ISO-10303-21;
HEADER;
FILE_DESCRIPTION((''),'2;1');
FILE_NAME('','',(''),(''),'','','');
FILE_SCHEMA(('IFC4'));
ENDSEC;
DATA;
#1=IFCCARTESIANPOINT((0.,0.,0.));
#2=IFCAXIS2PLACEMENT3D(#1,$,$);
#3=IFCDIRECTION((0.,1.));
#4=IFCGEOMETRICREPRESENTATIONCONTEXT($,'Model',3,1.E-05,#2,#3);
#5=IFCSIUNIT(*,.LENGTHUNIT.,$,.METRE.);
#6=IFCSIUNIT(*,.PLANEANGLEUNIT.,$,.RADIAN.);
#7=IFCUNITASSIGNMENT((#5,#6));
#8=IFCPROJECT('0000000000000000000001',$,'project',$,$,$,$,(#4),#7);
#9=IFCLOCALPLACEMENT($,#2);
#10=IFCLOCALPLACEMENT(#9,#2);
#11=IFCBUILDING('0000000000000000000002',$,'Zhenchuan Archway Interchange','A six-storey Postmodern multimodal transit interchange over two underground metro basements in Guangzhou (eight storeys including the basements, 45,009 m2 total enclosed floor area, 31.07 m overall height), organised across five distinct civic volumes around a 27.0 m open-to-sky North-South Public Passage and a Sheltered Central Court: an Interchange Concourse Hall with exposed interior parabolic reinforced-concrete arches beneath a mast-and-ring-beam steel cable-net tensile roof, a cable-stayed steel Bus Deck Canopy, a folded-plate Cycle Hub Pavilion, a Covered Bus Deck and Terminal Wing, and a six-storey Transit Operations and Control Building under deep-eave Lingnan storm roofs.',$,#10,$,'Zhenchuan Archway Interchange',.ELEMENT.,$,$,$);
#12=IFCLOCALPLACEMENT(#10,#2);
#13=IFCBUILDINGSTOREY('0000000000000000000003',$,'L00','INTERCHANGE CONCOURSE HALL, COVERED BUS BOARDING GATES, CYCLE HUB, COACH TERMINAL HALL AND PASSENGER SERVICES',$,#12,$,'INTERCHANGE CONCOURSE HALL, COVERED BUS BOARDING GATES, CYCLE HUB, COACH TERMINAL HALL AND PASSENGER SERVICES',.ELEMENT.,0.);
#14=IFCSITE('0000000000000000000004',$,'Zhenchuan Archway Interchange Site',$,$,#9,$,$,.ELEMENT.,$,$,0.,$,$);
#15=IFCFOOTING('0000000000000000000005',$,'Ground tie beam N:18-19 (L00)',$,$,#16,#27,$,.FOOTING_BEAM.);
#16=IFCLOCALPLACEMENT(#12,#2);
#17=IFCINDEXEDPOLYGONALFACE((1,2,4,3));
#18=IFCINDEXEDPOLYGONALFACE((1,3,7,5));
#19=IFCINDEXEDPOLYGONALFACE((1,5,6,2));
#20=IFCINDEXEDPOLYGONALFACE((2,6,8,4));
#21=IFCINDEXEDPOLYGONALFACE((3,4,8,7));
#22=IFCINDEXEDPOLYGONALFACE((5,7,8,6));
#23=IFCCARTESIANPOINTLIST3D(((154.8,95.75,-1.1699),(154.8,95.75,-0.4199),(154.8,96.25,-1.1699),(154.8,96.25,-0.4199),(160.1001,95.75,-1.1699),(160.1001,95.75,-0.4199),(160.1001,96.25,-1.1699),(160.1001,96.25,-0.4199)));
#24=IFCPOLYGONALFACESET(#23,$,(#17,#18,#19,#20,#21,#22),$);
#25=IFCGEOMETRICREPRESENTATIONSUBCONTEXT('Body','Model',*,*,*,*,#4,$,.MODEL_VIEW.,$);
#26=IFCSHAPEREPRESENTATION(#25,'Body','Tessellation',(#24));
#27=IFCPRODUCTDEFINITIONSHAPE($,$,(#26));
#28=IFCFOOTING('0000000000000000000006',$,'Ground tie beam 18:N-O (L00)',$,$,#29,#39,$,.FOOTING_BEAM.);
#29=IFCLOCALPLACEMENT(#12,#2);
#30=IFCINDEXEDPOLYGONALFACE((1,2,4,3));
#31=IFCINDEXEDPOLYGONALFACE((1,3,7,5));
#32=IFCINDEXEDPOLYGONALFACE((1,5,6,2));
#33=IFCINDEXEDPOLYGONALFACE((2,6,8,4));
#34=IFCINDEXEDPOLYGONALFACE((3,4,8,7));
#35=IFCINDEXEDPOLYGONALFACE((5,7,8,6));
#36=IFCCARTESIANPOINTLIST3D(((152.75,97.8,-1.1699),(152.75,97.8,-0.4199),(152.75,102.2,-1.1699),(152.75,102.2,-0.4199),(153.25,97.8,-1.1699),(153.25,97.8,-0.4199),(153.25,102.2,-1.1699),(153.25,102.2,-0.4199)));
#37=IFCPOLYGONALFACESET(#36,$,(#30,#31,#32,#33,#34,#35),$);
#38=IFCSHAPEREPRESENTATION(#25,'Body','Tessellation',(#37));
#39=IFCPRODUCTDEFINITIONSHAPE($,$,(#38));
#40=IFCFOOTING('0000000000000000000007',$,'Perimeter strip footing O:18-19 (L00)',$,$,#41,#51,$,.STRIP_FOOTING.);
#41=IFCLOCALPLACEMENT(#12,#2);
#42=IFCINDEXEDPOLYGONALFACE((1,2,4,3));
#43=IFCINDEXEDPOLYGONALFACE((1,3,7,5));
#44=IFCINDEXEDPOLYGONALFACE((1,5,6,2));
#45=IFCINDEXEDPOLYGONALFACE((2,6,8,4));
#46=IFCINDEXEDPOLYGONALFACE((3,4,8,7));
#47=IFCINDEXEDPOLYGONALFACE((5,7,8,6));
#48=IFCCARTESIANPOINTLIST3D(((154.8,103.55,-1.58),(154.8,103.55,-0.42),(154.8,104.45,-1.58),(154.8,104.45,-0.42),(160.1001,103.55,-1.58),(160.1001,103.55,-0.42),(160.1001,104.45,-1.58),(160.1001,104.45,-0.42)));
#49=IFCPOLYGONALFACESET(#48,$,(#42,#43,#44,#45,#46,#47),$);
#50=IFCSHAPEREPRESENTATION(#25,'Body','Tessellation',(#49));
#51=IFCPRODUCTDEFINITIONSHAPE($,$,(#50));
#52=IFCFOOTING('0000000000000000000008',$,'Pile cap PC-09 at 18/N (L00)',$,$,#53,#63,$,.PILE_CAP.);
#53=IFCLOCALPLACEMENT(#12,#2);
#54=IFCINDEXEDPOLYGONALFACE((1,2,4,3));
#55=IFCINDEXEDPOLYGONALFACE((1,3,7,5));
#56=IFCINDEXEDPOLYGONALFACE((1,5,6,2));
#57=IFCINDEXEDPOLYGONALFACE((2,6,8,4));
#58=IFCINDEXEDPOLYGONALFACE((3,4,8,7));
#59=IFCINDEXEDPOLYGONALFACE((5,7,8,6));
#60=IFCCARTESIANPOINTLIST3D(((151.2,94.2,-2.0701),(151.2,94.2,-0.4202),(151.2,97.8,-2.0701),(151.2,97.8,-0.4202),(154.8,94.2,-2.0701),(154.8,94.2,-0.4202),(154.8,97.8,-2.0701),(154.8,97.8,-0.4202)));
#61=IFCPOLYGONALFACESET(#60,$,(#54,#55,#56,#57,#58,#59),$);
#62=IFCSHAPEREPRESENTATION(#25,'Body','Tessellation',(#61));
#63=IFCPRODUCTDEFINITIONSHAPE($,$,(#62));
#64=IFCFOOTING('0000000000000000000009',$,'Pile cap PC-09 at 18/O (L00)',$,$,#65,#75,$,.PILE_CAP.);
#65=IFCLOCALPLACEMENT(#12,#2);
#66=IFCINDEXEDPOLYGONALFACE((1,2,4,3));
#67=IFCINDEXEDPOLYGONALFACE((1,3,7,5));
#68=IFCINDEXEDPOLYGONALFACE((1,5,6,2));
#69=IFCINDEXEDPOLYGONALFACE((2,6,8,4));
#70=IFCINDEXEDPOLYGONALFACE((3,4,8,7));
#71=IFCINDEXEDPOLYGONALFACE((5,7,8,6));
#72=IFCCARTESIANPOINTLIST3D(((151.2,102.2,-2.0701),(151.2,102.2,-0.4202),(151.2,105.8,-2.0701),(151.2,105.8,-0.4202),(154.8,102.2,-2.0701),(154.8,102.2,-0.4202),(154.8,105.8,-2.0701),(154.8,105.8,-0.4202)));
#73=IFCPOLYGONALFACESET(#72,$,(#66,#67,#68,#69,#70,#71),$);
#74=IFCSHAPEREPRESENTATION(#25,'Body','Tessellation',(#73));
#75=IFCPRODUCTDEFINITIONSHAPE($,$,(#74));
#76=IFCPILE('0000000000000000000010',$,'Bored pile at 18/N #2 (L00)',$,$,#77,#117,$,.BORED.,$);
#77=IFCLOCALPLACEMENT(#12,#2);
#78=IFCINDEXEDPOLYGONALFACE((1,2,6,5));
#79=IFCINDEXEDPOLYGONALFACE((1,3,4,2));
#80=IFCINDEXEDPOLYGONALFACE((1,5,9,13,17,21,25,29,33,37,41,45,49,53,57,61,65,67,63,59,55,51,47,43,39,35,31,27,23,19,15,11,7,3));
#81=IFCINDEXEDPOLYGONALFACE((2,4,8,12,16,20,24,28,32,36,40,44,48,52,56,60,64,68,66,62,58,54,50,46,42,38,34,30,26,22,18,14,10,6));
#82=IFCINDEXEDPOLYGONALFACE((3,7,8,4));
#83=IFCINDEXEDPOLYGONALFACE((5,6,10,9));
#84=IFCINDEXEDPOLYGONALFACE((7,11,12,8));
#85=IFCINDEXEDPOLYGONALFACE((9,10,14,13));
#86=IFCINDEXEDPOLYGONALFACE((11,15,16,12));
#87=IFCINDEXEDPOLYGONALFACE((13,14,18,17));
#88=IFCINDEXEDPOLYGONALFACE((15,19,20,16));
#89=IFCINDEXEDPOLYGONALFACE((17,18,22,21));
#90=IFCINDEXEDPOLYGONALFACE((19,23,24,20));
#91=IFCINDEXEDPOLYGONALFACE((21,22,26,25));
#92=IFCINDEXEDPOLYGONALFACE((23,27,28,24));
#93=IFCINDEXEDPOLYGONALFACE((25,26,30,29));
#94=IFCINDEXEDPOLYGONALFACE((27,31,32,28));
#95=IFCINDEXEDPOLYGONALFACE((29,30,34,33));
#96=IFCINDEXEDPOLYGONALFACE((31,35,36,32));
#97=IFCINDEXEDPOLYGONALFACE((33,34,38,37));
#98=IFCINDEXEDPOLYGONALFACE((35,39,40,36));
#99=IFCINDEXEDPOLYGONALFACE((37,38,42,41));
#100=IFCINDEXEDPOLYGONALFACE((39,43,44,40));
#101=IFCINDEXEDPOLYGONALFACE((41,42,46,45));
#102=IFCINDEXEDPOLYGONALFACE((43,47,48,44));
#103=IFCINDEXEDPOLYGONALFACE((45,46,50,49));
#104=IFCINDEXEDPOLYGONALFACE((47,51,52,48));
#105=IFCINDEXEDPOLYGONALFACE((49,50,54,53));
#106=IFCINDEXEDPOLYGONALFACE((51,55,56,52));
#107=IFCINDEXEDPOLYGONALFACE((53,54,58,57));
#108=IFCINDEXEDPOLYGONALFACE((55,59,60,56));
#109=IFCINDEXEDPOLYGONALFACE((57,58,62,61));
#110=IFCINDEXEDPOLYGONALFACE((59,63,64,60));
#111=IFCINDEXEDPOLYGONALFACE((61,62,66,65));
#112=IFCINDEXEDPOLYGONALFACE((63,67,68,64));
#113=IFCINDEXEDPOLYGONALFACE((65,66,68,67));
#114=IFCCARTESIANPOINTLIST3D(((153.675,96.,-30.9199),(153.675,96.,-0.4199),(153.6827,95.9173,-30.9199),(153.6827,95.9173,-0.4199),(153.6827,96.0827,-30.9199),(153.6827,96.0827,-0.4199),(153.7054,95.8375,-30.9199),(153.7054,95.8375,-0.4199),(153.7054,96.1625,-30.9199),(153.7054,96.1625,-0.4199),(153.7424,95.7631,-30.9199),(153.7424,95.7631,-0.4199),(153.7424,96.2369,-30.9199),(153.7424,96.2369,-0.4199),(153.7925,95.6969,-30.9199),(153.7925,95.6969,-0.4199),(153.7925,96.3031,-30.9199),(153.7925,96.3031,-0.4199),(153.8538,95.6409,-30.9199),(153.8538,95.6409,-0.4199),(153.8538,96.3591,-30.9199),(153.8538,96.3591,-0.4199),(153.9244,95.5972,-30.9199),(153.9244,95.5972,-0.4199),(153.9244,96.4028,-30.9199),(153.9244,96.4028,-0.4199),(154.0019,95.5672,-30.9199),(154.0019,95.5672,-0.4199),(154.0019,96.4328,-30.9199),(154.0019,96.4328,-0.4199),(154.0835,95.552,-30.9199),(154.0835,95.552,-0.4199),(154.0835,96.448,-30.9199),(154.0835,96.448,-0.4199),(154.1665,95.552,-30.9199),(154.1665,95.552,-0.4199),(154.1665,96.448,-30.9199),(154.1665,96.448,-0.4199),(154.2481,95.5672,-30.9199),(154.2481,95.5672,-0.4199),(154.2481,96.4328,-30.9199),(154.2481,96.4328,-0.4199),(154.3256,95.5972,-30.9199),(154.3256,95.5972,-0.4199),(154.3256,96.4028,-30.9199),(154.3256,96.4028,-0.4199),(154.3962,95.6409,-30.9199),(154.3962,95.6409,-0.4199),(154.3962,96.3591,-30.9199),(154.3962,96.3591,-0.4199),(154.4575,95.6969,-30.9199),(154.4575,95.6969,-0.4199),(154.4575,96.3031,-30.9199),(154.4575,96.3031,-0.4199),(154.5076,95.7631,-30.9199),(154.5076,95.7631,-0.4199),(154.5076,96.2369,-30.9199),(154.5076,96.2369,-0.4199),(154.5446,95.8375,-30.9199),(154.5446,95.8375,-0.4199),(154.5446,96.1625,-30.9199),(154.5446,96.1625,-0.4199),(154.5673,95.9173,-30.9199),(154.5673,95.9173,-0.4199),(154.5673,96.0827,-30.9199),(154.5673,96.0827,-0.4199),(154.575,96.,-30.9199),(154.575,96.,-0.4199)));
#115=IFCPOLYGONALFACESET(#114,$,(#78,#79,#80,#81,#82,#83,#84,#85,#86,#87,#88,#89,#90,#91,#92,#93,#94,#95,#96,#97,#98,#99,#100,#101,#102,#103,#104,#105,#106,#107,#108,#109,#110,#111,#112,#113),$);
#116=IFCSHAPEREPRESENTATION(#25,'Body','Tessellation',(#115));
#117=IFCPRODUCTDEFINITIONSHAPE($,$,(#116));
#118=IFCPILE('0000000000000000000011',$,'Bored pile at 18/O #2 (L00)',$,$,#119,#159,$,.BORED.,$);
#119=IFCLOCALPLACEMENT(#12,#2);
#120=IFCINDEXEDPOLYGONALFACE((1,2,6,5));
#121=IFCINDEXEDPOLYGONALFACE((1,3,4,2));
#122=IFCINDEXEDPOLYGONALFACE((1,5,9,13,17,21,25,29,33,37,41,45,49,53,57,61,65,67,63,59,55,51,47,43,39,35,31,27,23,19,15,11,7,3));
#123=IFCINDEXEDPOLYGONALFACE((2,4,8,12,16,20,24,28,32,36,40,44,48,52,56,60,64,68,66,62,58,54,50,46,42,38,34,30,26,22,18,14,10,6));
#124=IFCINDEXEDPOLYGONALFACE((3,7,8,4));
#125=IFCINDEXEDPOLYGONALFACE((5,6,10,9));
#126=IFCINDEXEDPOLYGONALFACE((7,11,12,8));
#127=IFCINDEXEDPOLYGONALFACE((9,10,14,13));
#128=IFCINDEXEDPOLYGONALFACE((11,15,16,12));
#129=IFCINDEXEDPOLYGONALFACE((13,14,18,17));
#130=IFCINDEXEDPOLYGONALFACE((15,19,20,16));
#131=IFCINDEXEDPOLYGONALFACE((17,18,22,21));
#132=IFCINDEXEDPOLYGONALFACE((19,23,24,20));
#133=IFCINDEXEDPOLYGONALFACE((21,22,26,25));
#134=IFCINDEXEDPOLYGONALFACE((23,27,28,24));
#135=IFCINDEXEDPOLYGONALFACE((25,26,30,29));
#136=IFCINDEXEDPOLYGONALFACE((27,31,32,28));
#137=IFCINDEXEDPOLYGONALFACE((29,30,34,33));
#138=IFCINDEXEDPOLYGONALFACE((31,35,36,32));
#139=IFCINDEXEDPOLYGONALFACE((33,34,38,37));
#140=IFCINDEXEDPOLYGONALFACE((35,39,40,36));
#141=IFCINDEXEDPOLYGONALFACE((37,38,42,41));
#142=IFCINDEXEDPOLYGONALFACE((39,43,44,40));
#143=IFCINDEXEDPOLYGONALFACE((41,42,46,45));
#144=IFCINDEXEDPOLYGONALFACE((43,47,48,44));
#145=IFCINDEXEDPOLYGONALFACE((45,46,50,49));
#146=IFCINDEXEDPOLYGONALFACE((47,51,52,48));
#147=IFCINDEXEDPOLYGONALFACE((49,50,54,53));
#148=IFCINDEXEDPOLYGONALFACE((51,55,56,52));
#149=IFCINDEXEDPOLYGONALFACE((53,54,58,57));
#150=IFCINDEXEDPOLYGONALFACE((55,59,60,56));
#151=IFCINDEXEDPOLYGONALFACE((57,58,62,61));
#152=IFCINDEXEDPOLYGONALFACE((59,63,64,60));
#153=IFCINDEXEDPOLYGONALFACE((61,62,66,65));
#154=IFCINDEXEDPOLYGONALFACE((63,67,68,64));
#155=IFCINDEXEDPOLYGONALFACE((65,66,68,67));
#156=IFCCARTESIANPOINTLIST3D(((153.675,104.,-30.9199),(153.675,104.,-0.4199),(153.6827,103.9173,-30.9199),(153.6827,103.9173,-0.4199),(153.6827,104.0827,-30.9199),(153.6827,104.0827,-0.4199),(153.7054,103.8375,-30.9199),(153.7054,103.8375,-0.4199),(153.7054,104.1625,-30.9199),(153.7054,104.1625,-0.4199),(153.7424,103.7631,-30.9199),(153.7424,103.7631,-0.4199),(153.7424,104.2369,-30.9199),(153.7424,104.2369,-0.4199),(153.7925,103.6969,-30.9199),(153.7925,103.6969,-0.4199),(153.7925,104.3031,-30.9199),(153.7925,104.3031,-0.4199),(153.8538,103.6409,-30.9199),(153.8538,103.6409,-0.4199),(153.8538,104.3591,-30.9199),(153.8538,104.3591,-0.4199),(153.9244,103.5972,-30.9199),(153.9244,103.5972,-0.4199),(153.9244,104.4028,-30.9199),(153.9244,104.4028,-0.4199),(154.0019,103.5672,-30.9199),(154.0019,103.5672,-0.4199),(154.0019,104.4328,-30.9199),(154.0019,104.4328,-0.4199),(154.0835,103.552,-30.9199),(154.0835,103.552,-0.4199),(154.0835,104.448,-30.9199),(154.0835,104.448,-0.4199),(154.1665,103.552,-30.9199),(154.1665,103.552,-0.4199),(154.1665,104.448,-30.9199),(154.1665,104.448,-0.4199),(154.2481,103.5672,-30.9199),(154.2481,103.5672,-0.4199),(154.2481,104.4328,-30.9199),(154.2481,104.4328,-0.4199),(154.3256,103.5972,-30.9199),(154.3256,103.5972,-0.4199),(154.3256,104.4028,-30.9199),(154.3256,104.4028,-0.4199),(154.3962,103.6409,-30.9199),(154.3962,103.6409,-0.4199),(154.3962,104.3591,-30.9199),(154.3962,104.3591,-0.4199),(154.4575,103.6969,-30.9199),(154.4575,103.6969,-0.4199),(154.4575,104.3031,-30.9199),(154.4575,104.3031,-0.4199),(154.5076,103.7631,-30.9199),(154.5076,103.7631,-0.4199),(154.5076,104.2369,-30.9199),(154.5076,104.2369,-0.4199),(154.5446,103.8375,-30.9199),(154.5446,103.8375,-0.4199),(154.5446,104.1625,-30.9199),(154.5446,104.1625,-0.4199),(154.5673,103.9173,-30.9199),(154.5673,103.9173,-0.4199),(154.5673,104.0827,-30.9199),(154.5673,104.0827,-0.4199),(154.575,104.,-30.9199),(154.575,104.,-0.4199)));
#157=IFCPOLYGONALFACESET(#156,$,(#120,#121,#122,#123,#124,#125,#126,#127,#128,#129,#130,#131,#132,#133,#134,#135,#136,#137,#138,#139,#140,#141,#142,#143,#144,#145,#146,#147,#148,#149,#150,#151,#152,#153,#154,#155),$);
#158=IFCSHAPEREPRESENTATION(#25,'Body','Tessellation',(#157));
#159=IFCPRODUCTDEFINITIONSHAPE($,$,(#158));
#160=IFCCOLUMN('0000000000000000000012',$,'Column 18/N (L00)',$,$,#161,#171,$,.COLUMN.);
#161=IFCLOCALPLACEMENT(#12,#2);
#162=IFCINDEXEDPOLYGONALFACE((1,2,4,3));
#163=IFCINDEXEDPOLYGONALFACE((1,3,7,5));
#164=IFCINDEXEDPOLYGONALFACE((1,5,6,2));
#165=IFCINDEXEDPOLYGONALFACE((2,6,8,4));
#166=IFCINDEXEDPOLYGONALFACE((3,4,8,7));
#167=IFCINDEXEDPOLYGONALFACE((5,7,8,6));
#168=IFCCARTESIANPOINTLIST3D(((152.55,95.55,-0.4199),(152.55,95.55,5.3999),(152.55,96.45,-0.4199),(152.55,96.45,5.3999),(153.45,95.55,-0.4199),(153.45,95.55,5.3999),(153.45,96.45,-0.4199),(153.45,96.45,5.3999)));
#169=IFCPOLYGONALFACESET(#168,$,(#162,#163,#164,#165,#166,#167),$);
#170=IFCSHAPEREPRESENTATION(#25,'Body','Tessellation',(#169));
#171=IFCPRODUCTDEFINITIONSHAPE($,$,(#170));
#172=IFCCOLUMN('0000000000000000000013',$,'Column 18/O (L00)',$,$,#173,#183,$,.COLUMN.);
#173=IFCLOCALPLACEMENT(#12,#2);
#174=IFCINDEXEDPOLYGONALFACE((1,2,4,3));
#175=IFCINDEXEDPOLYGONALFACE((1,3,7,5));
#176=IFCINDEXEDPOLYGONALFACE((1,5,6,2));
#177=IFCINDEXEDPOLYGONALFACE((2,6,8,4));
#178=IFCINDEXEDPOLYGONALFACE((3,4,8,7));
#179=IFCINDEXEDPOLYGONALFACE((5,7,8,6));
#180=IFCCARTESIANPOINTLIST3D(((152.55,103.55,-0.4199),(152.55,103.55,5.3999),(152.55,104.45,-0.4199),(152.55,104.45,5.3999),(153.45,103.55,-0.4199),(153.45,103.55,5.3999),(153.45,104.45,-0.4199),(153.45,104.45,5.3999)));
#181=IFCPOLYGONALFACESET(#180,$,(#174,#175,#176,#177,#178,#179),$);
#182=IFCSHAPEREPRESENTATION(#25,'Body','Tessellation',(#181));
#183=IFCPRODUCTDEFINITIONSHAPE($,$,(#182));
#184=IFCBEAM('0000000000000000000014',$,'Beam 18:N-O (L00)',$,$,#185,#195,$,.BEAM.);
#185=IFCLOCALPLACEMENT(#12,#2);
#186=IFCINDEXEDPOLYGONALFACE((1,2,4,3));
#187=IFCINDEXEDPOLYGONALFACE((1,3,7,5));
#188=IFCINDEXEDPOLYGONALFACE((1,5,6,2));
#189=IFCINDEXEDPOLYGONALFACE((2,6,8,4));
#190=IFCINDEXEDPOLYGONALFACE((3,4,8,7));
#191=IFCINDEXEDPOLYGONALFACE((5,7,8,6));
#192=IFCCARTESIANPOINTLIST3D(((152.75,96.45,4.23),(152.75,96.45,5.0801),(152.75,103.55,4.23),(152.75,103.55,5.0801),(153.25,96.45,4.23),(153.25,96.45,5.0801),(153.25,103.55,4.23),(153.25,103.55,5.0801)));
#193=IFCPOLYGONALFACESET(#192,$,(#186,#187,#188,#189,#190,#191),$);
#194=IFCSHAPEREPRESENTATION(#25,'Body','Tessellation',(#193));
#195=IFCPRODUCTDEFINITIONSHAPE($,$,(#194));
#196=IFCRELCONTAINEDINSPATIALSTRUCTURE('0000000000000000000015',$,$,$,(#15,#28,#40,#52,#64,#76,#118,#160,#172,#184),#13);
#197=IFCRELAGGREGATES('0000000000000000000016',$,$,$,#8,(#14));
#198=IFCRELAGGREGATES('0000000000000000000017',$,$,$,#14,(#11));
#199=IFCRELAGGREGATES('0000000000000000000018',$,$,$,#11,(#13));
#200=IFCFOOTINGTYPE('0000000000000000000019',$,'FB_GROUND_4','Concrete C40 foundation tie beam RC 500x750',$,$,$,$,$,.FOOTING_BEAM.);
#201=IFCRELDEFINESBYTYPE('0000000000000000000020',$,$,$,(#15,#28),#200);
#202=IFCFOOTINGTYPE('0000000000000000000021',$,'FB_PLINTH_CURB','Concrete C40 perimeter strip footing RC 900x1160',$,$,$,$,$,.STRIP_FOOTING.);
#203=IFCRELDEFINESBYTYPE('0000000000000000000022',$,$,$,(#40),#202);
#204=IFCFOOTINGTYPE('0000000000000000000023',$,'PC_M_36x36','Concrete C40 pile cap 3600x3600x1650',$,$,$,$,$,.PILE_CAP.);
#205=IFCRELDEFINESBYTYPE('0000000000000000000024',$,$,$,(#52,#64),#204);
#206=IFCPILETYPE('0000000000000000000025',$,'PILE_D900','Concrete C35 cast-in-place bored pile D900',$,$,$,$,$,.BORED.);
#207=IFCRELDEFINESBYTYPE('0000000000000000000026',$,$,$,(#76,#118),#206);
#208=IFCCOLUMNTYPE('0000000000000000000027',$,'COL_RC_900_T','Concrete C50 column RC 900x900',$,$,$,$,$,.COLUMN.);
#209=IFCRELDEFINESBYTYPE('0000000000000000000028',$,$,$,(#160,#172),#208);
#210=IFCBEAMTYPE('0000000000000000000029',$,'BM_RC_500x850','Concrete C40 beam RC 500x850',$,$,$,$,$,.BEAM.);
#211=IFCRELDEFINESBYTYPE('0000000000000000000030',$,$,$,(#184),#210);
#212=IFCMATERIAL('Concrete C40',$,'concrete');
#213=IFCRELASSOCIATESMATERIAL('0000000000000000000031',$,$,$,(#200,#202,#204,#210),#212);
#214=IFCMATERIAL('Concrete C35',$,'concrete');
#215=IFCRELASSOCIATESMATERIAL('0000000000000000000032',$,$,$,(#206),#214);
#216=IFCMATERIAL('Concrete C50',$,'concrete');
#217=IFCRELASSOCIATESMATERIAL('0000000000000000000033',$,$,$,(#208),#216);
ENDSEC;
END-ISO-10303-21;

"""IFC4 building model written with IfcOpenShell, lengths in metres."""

from ifc_helpers import new_model, si_unit, direction, frame, origin, origin_2d, place, context, subcontext, project, spatial, rectangle, circle, extrude, material, material_profile, profile_set, type_object, element, save


model = new_model("IFC4")

# Units and contexts
model_context = context("Model", 3, precision=1e-05, world=origin(), true_north=direction((0.0, 1.0)))
body_context = subcontext(model_context, "Body", "Model", "MODEL_VIEW")
ifc_project = project(units=[si_unit("LENGTHUNIT", "METRE"), si_unit("PLANEANGLEUNIT", "RADIAN")], contexts=[model_context])

# Site, building, storey
site_placement = place(None, origin())
site = spatial("IfcSite", under=ifc_project, at=site_placement, Name="Zhenchuan Archway Interchange Site", CompositionType="ELEMENT", RefElevation=0.0)
building_placement = place(site_placement, origin())
building = spatial("IfcBuilding", under=site, at=building_placement, Name="Zhenchuan Archway Interchange", Description="A six-storey Postmodern multimodal transit interchange over two underground metro basements in Guangzhou (eight storeys including the basements, 45,009 m2 total enclosed floor area, 31.07 m overall height), organised across five distinct civic volumes around a 27.0 m open-to-sky North-South Public Passage and a Sheltered Central Court: an Interchange Concourse Hall with exposed interior parabolic reinforced-concrete arches beneath a mast-and-ring-beam steel cable-net tensile roof, a cable-stayed steel Bus Deck Canopy, a folded-plate Cycle Hub Pavilion, a Covered Bus Deck and Terminal Wing, and a six-storey Transit Operations and Control Building under deep-eave Lingnan storm roofs.", LongName="Zhenchuan Archway Interchange", CompositionType="ELEMENT")
storey_placement = place(building_placement, origin())
storey = spatial("IfcBuildingStorey", under=building, at=storey_placement, Name="L00", Description="INTERCHANGE CONCOURSE HALL, COVERED BUS BOARDING GATES, CYCLE HUB, COACH TERMINAL HALL AND PASSENGER SERVICES", LongName="INTERCHANGE CONCOURSE HALL, COVERED BUS BOARDING GATES, CYCLE HUB, COACH TERMINAL HALL AND PASSENGER SERVICES", CompositionType="ELEMENT", Elevation=0.0)

# Footings
ifc_material_1 = material(Name="Concrete C40", Category="concrete")
ifc_material_profile_1 = material_profile(ifc_material_1, rectangle(XDim=0.5, YDim=0.75, at=origin_2d()), Name="RC 500x750")
ifc_profile_set_1 = profile_set([ifc_material_profile_1], Name="Concrete C40")
footing_type_1 = type_object("IfcFootingType", Name="FB_GROUND_4", Description="Concrete C40 foundation tie beam RC 500x750", PredefinedType="FOOTING_BEAM", material=ifc_profile_set_1)
footing_1_placement = place(storey_placement, frame((154.8, 96.0, -0.7949), z_axis=(1.0, 0.0, 0.0), x_axis=(0.0, 1.0, 0.0)))
element("IfcFooting", 1, at=footing_1_placement, inside=storey, type_object=footing_type_1, Name="Ground tie beam N:18-19 (L00)", PredefinedType="FOOTING_BEAM", context=body_context, shape_type="SweptSolid", body=[
    extrude(rectangle(XDim=0.5, YDim=0.75, at=origin_2d()), origin(), (0.0, 0.0, 1.0), 5.3),
])
footing_2_placement = place(storey_placement, frame((153.0, 97.8, -0.7949), z_axis=(0.0, 1.0, 0.0), x_axis=(-1.0, 0.0, 0.0)))
element("IfcFooting", 2, at=footing_2_placement, inside=storey, type_object=footing_type_1, Name="Ground tie beam 18:N-O (L00)", PredefinedType="FOOTING_BEAM", context=body_context, shape_type="SweptSolid", body=[
    extrude(rectangle(XDim=0.5, YDim=0.75, at=origin_2d()), origin(), (0.0, 0.0, 1.0), 4.3999),
])
ifc_material_profile_2 = material_profile(ifc_material_1, rectangle(XDim=0.8999, YDim=1.1599, at=origin_2d()), Name="RC 900x1160")
ifc_profile_set_2 = profile_set([ifc_material_profile_2], Name="Concrete C40")
footing_type_2 = type_object("IfcFootingType", Name="FB_PLINTH_CURB", Description="Concrete C40 perimeter strip footing RC 900x1160", PredefinedType="STRIP_FOOTING", material=ifc_profile_set_2)
footing_3_placement = place(storey_placement, frame((154.8, 104.0, -1.0), z_axis=(1.0, 0.0, 0.0), x_axis=(0.0, 1.0, 0.0)))
element("IfcFooting", 3, at=footing_3_placement, inside=storey, type_object=footing_type_2, Name="Perimeter strip footing O:18-19 (L00)", PredefinedType="STRIP_FOOTING", context=body_context, shape_type="SweptSolid", body=[
    extrude(rectangle(XDim=0.8999, YDim=1.1599, at=origin_2d()), origin(), (0.0, 0.0, 1.0), 5.3),
])
footing_type_3 = type_object("IfcFootingType", Name="PC_M_36x36", Description="Concrete C40 pile cap 3600x3600x1650", PredefinedType="PILE_CAP", material=ifc_material_1)
for number, where, z_axis, x_axis, name in (
    (4, (153.0, 96.0, -2.0701), (0.0, 0.0, 1.0), (1.0, 0.0, 0.0), "Pile cap PC-09 at 18/N (L00)"),
    (5, (153.0, 104.0, -2.0701), (0.0, 0.0, 1.0), (1.0, 0.0, 0.0), "Pile cap PC-09 at 18/O (L00)"),
):
    element("IfcFooting", number, at=place(storey_placement, frame(where, z_axis=z_axis, x_axis=x_axis)), inside=storey, type_object=footing_type_3, Name=name, PredefinedType="PILE_CAP", context=body_context, shape_type="SweptSolid", body=[
        extrude(rectangle(XDim=3.6001, YDim=3.6001, at=origin_2d()), origin(), (0.0, 0.0, 1.0), 1.6499),
    ])

# Piles
ifc_material_2 = material(Name="Concrete C35", Category="concrete")
ifc_material_profile_3 = material_profile(ifc_material_2, circle(Radius=0.45, at=origin_2d()), Name="BORED PILE 900")
ifc_profile_set_3 = profile_set([ifc_material_profile_3], Name="Concrete C35")
pile_type = type_object("IfcPileType", Name="PILE_D900", Description="Concrete C35 cast-in-place bored pile D900", PredefinedType="BORED", material=ifc_profile_set_3)
for number, where, z_axis, x_axis, name in (
    (6, (154.125, 96.0, -0.4199), (0.0, 0.0, -1.0), (1.0, 0.0, 0.0), "Bored pile at 18/N #2 (L00)"),
    (7, (154.125, 104.0, -0.4199), (0.0, 0.0, -1.0), (1.0, 0.0, 0.0), "Bored pile at 18/O #2 (L00)"),
):
    element("IfcPile", number, at=place(storey_placement, frame(where, z_axis=z_axis, x_axis=x_axis)), inside=storey, type_object=pile_type, Name=name, PredefinedType="BORED", context=body_context, shape_type="SweptSolid", body=[
        extrude(circle(Radius=0.45, at=origin_2d()), origin(), (0.0, 0.0, 1.0), 30.5),
    ])

# Columns
ifc_material_3 = material(Name="Concrete C50", Category="concrete")
ifc_material_profile_4 = material_profile(ifc_material_3, rectangle(XDim=0.8999, YDim=0.8999, at=origin_2d()), Name="RC 900x900")
ifc_profile_set_4 = profile_set([ifc_material_profile_4], Name="Concrete C50")
column_type = type_object("IfcColumnType", Name="COL_RC_900_T", Description="Concrete C50 column RC 900x900", PredefinedType="COLUMN", material=ifc_profile_set_4)
for number, where, z_axis, x_axis, name in (
    (8, (153.0, 96.0, -0.4199), (0.0, 0.0, 1.0), (1.0, 0.0, 0.0), "Column 18/N (L00)"),
    (9, (153.0, 104.0, -0.4199), (0.0, 0.0, 1.0), (1.0, 0.0, 0.0), "Column 18/O (L00)"),
):
    element("IfcColumn", number, at=place(storey_placement, frame(where, z_axis=z_axis, x_axis=x_axis)), inside=storey, type_object=column_type, Name=name, PredefinedType="COLUMN", context=body_context, shape_type="SweptSolid", body=[
        extrude(rectangle(XDim=0.8999, YDim=0.8999, at=origin_2d()), origin(), (0.0, 0.0, 1.0), 5.8198),
    ])

# Beam
ifc_material_profile_5 = material_profile(ifc_material_1, rectangle(XDim=0.5, YDim=0.8501, at=origin_2d()), Name="RC 500x850")
ifc_profile_set_5 = profile_set([ifc_material_profile_5], Name="Concrete C40")
beam_type_1 = type_object("IfcBeamType", Name="BM_RC_500x850", Description="Concrete C40 beam RC 500x850", PredefinedType="BEAM", material=ifc_profile_set_5)
beam_1_placement = place(storey_placement, frame((153.0, 96.45, 4.655), z_axis=(0.0, 1.0, 0.0), x_axis=(-1.0, 0.0, 0.0)))
element("IfcBeam", 10, at=beam_1_placement, inside=storey, type_object=beam_type_1, Name="Beam 18:N-O (L00)", PredefinedType="BEAM", context=body_context, shape_type="SweptSolid", body=[
    extrude(rectangle(XDim=0.5, YDim=0.8501, at=origin_2d()), origin(), (0.0, 0.0, 1.0), 7.1001),
])

save(model, "model.ifc")
